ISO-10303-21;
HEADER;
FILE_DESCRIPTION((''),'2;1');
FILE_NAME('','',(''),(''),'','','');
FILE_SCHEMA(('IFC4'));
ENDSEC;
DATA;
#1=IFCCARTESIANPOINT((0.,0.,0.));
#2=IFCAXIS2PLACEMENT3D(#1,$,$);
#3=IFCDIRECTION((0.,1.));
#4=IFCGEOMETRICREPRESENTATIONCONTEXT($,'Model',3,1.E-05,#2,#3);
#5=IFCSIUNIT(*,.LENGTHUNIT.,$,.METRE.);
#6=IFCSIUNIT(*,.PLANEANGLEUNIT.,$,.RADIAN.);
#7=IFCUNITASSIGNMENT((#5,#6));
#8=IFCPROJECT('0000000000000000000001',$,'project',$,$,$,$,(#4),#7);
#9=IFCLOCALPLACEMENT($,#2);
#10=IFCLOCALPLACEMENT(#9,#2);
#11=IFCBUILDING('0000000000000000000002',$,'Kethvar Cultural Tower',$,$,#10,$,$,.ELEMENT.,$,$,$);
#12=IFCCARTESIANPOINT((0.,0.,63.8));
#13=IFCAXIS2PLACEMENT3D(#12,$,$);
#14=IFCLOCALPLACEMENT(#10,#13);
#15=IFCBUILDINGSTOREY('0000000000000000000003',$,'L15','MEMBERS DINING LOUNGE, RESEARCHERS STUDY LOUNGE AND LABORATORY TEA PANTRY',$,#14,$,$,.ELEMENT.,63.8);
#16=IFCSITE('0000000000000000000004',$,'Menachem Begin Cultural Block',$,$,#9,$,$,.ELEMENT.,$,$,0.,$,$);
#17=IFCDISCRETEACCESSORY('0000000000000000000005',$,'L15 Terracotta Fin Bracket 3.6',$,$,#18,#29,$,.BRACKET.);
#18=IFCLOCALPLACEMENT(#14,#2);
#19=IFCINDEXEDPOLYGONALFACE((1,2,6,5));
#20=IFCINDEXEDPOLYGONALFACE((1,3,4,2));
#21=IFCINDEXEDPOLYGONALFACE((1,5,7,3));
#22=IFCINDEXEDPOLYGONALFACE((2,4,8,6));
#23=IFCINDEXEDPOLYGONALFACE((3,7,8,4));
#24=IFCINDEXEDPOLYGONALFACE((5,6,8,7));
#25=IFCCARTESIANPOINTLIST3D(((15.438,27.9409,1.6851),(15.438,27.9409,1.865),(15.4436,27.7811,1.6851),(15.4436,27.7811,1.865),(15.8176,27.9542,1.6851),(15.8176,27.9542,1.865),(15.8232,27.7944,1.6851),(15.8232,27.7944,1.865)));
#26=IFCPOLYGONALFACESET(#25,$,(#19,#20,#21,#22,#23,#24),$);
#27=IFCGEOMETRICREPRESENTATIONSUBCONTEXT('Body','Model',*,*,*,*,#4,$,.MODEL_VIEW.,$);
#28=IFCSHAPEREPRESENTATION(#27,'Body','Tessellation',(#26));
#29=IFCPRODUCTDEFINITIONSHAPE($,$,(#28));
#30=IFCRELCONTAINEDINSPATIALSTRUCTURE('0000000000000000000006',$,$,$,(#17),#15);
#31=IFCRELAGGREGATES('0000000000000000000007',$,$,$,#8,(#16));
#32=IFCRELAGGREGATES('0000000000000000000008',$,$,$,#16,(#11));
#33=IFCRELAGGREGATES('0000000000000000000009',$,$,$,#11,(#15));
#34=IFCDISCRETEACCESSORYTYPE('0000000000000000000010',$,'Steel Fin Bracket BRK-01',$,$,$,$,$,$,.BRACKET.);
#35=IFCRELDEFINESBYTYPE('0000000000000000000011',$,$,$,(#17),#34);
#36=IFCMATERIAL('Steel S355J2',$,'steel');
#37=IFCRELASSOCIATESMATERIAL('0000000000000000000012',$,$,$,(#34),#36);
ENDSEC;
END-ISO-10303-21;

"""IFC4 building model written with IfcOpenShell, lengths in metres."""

from ifc_helpers import new_model, si_unit, direction, frame, origin, origin_2d, place, context, subcontext, project, spatial, rectangle, extrude, source, transform, mapped, material, type_object, element, save


model = new_model("IFC4")

# Units and contexts
model_context = context("Model", 3, precision=1e-05, world=origin(), true_north=direction((0.0, 1.0)))
body_context = subcontext(model_context, "Body", "Model", "MODEL_VIEW")
ifc_project = project(units=[si_unit("LENGTHUNIT", "METRE"), si_unit("PLANEANGLEUNIT", "RADIAN")], contexts=[model_context])

# Site, building, storey
site_placement = place(None, origin())
site = spatial("IfcSite", under=ifc_project, at=site_placement, Name="Menachem Begin Cultural Block", CompositionType="ELEMENT", RefElevation=0.0)
building_placement = place(site_placement, origin())
building = spatial("IfcBuilding", under=site, at=building_placement, Name="Kethvar Cultural Tower", CompositionType="ELEMENT")
storey_placement = place(building_placement, frame((0.0, 0.0, 63.8)))
storey = spatial("IfcBuildingStorey", under=building, at=storey_placement, Name="L15", Description="MEMBERS DINING LOUNGE, RESEARCHERS STUDY LOUNGE AND LABORATORY TEA PANTRY", CompositionType="ELEMENT", Elevation=63.8)

# Shared definitions
ifc_material_1 = material(Name="Steel S355J2", Category="steel")

# Discrete accessory
discrete_accessory_type = type_object("IfcDiscreteAccessoryType", Name="Steel Fin Bracket BRK-01", PredefinedType="BRACKET", material=ifc_material_1)
shared_shape_1 = source(origin(), body_context, "Body", "SweptSolid", [
    extrude(rectangle(XDim=0.3799, YDim=0.1599, at=origin_2d()), origin(), (0.0, 0.0, 1.0), 0.1799),
])
for number, where, z_axis, x_axis, name in (
    (1, (15.6306, 27.8677, 1.6851), (0.0, 0.0, 1.0), (-0.999385, -0.035074, 0.0), "L15 Terracotta Fin Bracket 3.6"),
):
    element("IfcDiscreteAccessory", number, at=place(storey_placement, frame(where, z_axis=z_axis, x_axis=x_axis)), inside=storey, type_object=discrete_accessory_type, Name=name, PredefinedType="BRACKET", context=body_context, shape_type="MappedRepresentation", body=[
        mapped(shared_shape_1, transform((0.0, 0.0, 0.0), scale=1.0)),
    ])

save(model, "model.ifc")
